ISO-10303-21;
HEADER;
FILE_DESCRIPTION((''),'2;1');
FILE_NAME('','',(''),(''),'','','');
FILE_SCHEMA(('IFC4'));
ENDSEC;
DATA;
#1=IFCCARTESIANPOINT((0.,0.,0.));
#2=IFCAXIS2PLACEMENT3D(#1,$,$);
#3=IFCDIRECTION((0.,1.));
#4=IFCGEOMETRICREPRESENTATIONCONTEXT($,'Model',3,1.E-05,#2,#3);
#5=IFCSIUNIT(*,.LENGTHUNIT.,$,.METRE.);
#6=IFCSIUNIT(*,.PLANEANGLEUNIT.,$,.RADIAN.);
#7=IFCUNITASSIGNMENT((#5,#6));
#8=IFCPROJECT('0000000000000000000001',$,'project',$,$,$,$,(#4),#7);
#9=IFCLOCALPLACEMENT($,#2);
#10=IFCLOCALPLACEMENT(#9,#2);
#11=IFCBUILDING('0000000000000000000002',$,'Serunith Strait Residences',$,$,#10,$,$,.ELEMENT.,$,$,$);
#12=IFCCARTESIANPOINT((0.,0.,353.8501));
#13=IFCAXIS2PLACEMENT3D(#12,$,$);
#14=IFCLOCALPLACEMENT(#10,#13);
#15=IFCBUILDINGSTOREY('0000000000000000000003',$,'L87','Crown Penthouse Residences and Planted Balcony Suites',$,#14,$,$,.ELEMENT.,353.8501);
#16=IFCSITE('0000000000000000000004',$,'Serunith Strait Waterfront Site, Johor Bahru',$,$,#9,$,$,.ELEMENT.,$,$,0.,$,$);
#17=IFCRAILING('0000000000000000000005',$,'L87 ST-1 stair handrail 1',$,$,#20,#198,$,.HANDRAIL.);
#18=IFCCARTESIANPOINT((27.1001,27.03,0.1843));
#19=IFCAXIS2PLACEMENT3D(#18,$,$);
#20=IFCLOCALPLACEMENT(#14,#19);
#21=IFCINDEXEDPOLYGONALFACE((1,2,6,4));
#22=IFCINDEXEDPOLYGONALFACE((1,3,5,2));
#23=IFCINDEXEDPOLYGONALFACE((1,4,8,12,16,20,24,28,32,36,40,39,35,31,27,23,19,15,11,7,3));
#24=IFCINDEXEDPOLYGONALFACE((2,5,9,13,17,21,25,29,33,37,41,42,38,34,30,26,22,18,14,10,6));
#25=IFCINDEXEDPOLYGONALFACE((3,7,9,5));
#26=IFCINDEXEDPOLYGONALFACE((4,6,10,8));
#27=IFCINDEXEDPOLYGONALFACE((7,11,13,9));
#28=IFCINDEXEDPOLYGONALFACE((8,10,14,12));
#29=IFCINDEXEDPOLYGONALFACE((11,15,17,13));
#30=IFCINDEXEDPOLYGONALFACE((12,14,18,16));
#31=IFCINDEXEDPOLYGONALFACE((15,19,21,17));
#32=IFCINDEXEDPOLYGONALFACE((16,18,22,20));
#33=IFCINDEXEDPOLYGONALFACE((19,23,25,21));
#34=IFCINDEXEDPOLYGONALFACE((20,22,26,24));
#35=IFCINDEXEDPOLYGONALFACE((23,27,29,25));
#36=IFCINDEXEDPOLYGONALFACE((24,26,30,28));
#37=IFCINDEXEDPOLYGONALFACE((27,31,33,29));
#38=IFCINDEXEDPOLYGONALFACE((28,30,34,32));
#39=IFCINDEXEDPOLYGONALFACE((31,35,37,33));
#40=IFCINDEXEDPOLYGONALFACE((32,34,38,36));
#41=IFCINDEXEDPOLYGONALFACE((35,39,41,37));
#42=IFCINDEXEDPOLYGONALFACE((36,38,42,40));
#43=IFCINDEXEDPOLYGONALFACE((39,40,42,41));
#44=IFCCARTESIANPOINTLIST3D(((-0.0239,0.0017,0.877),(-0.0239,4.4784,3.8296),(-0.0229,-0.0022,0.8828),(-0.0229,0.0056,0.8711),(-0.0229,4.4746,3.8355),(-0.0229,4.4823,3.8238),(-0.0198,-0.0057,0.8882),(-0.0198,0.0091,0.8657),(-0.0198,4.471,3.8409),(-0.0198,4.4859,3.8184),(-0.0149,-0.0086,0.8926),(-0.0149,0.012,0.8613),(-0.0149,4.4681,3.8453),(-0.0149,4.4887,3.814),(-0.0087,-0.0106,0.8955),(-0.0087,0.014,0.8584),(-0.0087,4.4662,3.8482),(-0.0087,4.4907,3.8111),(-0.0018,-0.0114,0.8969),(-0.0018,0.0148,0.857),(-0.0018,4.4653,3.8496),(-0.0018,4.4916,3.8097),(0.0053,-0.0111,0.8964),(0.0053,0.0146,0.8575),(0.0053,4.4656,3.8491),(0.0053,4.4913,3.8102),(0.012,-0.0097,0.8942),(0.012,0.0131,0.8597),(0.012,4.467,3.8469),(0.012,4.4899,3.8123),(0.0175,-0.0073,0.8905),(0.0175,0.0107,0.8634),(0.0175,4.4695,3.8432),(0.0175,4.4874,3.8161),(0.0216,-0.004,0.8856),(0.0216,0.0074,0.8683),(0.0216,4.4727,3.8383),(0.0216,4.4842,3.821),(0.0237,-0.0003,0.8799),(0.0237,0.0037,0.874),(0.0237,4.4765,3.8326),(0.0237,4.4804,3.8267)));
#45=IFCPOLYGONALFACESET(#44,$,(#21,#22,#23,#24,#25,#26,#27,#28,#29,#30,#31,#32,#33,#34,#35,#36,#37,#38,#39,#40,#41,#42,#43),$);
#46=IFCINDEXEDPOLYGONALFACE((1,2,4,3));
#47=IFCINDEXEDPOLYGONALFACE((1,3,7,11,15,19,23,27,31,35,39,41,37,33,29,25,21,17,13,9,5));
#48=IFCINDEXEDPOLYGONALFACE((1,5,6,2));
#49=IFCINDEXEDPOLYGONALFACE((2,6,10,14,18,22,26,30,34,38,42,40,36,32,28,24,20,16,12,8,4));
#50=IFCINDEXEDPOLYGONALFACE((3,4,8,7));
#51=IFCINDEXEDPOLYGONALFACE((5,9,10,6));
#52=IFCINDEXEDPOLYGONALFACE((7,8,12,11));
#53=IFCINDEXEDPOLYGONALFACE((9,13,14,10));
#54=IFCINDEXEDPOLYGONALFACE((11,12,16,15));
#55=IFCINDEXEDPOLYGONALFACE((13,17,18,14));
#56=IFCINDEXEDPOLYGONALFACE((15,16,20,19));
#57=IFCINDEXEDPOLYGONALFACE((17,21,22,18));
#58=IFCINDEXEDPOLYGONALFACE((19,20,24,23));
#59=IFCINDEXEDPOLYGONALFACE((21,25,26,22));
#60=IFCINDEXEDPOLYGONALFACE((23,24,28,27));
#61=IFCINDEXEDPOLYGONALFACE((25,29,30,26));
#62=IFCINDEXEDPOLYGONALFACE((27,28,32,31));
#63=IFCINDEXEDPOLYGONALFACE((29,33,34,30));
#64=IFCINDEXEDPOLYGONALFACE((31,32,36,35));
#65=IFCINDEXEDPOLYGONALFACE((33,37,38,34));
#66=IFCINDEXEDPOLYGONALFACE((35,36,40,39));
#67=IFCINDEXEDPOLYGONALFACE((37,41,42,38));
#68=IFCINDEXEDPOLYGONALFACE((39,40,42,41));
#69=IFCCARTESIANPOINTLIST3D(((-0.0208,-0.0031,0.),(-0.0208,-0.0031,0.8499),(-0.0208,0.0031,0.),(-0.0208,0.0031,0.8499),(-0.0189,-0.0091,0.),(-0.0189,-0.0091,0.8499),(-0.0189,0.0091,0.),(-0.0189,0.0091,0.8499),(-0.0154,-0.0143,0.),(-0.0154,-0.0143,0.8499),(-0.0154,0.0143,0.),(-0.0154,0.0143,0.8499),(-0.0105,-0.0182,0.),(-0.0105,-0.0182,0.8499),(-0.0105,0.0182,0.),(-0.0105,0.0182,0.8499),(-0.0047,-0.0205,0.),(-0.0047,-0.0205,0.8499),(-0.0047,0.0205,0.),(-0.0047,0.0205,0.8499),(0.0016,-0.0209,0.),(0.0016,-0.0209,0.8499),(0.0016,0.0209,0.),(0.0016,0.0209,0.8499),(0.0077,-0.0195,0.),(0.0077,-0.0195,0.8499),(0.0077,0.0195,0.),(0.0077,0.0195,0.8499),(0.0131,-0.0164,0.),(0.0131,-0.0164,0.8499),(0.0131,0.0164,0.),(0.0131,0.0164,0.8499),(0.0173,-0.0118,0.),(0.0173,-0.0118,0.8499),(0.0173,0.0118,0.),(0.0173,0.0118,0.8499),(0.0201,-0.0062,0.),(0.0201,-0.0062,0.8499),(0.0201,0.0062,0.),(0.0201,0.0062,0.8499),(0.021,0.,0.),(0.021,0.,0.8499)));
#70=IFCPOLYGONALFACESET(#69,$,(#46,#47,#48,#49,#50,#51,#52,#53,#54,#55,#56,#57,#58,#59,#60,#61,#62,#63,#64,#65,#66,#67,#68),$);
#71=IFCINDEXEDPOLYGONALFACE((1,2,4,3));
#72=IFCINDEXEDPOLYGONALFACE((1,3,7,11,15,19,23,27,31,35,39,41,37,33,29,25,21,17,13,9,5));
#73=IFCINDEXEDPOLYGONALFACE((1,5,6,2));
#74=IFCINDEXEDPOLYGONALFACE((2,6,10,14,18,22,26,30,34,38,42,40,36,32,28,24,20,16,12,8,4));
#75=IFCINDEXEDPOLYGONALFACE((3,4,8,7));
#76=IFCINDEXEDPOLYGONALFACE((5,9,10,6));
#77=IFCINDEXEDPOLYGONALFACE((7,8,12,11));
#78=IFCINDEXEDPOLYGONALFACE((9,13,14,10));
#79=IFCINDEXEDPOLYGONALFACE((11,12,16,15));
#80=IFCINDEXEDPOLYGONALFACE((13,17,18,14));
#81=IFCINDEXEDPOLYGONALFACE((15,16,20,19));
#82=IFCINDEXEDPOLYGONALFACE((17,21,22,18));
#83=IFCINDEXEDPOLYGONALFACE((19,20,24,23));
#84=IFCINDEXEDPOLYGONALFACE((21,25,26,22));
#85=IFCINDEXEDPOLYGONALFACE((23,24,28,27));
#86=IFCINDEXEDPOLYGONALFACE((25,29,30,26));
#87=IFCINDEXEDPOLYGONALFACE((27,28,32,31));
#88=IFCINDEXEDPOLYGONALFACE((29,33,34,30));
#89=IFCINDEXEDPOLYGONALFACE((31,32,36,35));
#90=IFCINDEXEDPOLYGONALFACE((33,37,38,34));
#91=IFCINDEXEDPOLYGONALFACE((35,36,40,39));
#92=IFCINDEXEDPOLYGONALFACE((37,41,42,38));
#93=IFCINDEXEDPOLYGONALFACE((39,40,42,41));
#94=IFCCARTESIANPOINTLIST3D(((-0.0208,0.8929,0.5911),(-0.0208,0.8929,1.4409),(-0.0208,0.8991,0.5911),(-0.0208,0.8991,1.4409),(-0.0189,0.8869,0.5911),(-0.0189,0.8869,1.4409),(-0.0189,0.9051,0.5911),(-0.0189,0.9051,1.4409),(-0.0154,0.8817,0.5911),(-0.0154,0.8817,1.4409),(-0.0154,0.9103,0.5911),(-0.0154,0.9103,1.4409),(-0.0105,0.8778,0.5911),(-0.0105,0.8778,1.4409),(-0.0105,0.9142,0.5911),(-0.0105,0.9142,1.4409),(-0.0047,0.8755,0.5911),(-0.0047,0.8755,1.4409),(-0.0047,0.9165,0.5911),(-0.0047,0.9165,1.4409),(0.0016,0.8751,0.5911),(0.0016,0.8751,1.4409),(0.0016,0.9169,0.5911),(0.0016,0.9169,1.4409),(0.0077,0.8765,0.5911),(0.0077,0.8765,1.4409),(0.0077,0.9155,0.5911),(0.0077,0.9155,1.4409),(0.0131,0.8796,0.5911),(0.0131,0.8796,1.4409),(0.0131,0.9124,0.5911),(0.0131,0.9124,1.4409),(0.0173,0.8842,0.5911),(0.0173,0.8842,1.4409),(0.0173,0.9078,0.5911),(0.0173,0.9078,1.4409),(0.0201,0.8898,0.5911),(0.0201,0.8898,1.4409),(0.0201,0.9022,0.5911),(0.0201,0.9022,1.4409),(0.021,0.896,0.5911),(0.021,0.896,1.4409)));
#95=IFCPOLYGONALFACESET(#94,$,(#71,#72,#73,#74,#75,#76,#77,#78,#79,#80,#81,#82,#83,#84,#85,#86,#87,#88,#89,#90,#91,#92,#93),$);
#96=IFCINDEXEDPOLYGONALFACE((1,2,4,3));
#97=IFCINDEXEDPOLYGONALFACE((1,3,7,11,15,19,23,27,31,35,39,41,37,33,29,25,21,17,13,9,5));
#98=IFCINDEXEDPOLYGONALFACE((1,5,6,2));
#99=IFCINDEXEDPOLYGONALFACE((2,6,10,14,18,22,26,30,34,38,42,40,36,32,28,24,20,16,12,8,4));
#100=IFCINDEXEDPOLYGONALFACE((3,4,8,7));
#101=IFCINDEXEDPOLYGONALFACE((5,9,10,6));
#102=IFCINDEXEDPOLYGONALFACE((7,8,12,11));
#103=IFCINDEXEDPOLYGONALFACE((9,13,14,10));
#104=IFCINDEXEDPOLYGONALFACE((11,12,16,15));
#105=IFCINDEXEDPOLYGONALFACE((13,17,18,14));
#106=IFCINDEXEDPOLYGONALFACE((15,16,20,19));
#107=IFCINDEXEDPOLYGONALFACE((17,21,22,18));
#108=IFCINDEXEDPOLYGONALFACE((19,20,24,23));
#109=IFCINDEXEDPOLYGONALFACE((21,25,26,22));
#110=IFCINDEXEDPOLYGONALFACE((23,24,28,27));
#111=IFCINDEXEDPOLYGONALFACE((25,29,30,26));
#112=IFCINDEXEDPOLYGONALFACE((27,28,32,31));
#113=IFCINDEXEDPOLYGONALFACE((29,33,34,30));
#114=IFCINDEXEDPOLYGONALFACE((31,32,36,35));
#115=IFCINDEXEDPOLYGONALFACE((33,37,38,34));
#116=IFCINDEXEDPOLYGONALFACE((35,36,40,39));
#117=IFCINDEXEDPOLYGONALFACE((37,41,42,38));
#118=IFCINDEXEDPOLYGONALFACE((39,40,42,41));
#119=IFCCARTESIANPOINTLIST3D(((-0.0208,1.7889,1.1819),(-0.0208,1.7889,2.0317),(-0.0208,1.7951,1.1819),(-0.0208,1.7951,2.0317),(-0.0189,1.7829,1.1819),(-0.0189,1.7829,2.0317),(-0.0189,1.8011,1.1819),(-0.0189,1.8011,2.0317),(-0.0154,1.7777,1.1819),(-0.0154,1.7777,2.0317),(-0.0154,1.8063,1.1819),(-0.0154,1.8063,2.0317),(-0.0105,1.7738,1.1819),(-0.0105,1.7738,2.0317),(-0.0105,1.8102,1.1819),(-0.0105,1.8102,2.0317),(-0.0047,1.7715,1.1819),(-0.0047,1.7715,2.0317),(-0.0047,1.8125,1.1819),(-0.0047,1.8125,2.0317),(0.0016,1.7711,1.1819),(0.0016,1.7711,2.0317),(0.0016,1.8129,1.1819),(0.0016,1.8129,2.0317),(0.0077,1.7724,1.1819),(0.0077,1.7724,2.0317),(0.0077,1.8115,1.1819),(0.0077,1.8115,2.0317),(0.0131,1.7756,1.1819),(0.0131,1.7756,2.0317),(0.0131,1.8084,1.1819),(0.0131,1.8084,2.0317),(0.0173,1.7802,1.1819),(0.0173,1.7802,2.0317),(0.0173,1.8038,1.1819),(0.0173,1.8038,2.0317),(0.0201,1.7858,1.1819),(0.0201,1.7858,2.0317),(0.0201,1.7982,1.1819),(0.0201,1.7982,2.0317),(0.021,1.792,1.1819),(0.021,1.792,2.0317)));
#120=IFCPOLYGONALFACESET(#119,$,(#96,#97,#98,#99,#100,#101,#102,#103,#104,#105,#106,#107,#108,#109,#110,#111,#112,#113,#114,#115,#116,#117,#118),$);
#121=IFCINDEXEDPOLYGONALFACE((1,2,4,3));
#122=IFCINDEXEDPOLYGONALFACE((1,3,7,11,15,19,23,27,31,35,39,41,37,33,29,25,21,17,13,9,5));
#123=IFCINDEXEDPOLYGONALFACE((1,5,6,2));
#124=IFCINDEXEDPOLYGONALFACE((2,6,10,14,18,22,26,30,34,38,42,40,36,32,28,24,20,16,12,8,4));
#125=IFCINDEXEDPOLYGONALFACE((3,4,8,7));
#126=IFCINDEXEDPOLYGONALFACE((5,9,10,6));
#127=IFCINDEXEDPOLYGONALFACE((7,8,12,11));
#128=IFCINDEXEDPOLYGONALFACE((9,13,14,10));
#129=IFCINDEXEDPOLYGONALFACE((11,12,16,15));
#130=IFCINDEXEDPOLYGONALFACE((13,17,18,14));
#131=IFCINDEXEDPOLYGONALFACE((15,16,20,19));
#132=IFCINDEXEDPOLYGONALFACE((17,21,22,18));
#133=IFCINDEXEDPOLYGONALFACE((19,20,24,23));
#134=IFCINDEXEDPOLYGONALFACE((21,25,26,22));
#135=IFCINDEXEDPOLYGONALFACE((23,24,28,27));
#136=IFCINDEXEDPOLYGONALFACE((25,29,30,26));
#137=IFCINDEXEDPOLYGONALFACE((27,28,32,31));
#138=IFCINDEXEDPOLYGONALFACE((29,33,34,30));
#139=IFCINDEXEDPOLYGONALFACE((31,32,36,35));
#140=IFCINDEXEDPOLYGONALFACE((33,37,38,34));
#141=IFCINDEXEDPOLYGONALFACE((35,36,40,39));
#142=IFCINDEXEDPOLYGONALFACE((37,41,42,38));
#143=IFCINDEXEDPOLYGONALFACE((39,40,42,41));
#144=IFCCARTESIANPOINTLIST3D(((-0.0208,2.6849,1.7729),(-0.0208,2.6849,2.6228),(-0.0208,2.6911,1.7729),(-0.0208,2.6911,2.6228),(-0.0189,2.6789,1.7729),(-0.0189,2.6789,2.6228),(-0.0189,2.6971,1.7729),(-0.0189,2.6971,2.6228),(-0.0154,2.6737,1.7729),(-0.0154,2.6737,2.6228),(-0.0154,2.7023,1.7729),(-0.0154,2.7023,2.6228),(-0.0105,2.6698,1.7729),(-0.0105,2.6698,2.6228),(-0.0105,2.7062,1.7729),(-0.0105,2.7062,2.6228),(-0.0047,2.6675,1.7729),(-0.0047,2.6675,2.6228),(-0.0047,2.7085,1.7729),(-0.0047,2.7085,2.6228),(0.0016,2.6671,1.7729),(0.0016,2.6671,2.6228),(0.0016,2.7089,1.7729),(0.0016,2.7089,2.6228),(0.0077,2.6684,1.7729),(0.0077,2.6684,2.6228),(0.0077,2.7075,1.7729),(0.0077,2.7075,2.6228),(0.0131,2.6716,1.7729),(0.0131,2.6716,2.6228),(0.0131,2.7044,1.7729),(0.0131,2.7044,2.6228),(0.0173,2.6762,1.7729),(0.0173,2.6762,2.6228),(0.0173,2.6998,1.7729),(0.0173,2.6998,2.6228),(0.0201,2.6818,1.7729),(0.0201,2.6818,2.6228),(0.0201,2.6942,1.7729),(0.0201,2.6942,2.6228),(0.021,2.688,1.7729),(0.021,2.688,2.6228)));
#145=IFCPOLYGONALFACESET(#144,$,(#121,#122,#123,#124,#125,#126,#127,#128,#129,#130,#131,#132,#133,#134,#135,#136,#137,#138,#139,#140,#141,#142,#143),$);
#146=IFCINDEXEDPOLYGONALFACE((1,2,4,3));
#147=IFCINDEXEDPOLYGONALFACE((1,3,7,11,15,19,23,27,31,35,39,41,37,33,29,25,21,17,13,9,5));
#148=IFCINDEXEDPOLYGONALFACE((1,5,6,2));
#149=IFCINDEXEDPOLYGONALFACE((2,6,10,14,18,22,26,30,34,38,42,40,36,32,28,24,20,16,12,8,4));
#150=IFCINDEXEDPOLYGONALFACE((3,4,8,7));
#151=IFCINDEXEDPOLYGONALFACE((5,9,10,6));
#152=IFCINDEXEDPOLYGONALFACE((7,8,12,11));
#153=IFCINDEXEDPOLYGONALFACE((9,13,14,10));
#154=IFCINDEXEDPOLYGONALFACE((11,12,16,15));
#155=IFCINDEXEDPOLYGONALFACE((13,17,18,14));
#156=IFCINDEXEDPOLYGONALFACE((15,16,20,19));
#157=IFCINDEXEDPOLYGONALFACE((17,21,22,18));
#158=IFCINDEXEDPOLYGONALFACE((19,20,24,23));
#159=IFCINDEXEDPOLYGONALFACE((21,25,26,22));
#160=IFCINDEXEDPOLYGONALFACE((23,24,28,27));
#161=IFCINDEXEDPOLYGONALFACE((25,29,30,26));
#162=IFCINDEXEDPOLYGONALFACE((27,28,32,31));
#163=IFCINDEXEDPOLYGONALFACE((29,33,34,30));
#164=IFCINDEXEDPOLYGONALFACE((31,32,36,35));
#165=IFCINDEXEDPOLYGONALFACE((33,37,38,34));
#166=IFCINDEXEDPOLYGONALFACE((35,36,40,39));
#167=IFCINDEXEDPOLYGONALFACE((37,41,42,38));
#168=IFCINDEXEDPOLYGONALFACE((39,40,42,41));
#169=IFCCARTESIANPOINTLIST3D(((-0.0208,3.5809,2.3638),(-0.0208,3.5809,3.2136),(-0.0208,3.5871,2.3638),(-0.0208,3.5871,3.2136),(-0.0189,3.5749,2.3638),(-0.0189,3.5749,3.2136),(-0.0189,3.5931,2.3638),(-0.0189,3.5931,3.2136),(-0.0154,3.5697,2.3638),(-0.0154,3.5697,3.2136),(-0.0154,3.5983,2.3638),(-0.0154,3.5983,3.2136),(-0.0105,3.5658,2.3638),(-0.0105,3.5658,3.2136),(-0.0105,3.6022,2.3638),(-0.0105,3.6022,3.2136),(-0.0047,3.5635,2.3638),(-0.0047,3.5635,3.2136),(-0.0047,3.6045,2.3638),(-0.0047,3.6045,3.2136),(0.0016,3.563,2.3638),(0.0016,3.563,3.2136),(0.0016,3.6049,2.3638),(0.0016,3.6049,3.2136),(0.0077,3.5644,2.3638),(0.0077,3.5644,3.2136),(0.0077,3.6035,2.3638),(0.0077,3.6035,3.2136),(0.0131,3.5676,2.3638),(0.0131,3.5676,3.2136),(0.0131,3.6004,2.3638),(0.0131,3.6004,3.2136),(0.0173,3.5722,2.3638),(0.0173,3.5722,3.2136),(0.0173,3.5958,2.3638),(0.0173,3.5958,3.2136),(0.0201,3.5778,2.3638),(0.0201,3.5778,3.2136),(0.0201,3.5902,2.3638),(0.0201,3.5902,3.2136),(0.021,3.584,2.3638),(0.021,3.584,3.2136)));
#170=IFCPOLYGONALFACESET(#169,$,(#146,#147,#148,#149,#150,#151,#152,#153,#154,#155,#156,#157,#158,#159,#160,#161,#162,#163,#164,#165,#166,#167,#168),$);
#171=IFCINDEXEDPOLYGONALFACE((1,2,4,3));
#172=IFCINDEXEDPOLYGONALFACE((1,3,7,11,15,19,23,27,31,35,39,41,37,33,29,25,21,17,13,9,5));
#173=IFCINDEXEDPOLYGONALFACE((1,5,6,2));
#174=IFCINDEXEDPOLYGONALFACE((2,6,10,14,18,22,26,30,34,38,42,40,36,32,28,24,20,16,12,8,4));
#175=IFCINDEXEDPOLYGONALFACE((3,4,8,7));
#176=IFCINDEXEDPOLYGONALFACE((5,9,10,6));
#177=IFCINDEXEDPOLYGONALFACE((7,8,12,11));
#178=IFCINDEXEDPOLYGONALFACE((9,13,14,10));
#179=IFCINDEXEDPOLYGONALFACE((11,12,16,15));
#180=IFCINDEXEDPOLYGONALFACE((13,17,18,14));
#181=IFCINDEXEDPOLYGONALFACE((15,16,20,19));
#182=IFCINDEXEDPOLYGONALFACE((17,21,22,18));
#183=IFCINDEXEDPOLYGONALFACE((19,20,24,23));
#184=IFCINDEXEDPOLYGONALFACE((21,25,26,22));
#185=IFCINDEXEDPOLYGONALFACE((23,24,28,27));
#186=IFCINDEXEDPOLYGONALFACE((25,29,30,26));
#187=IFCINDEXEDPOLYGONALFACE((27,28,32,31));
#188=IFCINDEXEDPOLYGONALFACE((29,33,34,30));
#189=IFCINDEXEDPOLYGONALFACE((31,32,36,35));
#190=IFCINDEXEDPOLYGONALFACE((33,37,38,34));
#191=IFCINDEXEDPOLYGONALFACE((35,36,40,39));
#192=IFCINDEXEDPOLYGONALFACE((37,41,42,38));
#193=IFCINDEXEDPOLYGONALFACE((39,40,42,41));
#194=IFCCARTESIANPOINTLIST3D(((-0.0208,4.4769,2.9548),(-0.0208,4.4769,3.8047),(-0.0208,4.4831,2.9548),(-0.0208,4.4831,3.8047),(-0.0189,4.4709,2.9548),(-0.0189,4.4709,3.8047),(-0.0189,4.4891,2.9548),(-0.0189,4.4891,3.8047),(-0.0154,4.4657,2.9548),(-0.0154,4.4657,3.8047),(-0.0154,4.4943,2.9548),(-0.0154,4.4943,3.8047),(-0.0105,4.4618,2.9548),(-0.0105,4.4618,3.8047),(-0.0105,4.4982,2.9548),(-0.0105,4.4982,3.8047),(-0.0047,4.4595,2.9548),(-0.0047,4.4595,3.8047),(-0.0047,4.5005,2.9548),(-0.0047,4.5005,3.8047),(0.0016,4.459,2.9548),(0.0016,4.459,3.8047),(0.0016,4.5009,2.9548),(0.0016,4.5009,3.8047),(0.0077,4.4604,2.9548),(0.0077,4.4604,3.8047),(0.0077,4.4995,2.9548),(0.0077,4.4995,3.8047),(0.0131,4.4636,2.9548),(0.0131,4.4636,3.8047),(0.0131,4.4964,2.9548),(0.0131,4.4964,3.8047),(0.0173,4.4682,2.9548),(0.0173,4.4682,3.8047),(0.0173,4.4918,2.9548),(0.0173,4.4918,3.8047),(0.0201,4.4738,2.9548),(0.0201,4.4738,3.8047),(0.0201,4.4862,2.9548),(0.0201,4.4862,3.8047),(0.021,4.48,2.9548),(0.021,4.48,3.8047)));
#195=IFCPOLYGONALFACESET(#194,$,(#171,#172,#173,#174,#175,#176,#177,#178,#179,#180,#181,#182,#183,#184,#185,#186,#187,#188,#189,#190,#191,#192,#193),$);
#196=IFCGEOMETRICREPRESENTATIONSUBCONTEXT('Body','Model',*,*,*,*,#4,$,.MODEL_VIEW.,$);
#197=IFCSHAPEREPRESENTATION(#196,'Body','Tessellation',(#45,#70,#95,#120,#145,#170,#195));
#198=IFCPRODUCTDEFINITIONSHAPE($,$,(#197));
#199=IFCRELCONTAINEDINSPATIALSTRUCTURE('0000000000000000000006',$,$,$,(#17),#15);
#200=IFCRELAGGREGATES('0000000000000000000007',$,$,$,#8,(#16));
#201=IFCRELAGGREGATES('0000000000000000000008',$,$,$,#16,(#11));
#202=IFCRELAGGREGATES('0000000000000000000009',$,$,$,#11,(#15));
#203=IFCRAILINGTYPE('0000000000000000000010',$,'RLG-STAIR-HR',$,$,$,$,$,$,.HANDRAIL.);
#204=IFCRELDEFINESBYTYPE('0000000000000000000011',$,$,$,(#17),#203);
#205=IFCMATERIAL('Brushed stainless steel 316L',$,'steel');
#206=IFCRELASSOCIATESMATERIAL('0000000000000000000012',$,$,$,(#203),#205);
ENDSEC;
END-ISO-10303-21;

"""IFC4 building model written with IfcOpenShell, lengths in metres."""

from ifc_helpers import new_model, si_unit, direction, frame, origin, origin_2d, place, context, subcontext, project, spatial, circle, extrude, material, type_object, element, save


model = new_model("IFC4")

# Units and contexts
model_context = context("Model", 3, precision=1e-05, world=origin(), true_north=direction((0.0, 1.0)))
body_context = subcontext(model_context, "Body", "Model", "MODEL_VIEW")
ifc_project = project(units=[si_unit("LENGTHUNIT", "METRE"), si_unit("PLANEANGLEUNIT", "RADIAN")], contexts=[model_context])

# Site, building, storey
site_placement = place(None, origin())
site = spatial("IfcSite", under=ifc_project, at=site_placement, Name="Serunith Strait Waterfront Site, Johor Bahru", CompositionType="ELEMENT", RefElevation=0.0)
building_placement = place(site_placement, origin())
building = spatial("IfcBuilding", under=site, at=building_placement, Name="Serunith Strait Residences", CompositionType="ELEMENT")
storey_placement = place(building_placement, frame((0.0, 0.0, 353.8501)))
storey = spatial("IfcBuildingStorey", under=building, at=storey_placement, Name="L87", Description="Crown Penthouse Residences and Planted Balcony Suites", CompositionType="ELEMENT", Elevation=353.8501)

# Railing
ifc_material_1 = material(Name="Brushed stainless steel 316L", Category="steel")
railing_type_1 = type_object("IfcRailingType", Name="RLG-STAIR-HR", PredefinedType="HANDRAIL", material=ifc_material_1)
railing_1_placement = place(storey_placement, frame((27.1001, 27.03, 0.1843)))
element("IfcRailing", 1, at=railing_1_placement, inside=storey, type_object=railing_type_1, Name="L87 ST-1 stair handrail 1", PredefinedType="HANDRAIL", context=body_context, shape_type="SweptSolid", body=[
    extrude(circle(Radius=0.0239, at=origin_2d()), frame((0.0, 0.0017, 0.877), z_axis=(0.0, 0.834777, 0.550589), x_axis=(-1.0, 0.0, 0.0)), (0.0, 0.0, 1.0), 5.3628),
    extrude(circle(Radius=0.021, at=origin_2d()), origin(), (0.0, 0.0, 1.0), 0.8499),
    extrude(circle(Radius=0.021, at=origin_2d()), frame((0.0, 0.896, 0.5911)), (0.0, 0.0, 1.0), 0.8499),
    extrude(circle(Radius=0.021, at=origin_2d()), frame((0.0, 1.792, 1.1819)), (0.0, 0.0, 1.0), 0.8499),
    extrude(circle(Radius=0.021, at=origin_2d()), frame((0.0, 2.688, 1.7729)), (0.0, 0.0, 1.0), 0.8499),
    extrude(circle(Radius=0.021, at=origin_2d()), frame((0.0, 3.584, 2.3638)), (0.0, 0.0, 1.0), 0.8499),
    extrude(circle(Radius=0.021, at=origin_2d()), frame((0.0, 4.48, 2.9548)), (0.0, 0.0, 1.0), 0.8499),
])

save(model, "model.ifc")
